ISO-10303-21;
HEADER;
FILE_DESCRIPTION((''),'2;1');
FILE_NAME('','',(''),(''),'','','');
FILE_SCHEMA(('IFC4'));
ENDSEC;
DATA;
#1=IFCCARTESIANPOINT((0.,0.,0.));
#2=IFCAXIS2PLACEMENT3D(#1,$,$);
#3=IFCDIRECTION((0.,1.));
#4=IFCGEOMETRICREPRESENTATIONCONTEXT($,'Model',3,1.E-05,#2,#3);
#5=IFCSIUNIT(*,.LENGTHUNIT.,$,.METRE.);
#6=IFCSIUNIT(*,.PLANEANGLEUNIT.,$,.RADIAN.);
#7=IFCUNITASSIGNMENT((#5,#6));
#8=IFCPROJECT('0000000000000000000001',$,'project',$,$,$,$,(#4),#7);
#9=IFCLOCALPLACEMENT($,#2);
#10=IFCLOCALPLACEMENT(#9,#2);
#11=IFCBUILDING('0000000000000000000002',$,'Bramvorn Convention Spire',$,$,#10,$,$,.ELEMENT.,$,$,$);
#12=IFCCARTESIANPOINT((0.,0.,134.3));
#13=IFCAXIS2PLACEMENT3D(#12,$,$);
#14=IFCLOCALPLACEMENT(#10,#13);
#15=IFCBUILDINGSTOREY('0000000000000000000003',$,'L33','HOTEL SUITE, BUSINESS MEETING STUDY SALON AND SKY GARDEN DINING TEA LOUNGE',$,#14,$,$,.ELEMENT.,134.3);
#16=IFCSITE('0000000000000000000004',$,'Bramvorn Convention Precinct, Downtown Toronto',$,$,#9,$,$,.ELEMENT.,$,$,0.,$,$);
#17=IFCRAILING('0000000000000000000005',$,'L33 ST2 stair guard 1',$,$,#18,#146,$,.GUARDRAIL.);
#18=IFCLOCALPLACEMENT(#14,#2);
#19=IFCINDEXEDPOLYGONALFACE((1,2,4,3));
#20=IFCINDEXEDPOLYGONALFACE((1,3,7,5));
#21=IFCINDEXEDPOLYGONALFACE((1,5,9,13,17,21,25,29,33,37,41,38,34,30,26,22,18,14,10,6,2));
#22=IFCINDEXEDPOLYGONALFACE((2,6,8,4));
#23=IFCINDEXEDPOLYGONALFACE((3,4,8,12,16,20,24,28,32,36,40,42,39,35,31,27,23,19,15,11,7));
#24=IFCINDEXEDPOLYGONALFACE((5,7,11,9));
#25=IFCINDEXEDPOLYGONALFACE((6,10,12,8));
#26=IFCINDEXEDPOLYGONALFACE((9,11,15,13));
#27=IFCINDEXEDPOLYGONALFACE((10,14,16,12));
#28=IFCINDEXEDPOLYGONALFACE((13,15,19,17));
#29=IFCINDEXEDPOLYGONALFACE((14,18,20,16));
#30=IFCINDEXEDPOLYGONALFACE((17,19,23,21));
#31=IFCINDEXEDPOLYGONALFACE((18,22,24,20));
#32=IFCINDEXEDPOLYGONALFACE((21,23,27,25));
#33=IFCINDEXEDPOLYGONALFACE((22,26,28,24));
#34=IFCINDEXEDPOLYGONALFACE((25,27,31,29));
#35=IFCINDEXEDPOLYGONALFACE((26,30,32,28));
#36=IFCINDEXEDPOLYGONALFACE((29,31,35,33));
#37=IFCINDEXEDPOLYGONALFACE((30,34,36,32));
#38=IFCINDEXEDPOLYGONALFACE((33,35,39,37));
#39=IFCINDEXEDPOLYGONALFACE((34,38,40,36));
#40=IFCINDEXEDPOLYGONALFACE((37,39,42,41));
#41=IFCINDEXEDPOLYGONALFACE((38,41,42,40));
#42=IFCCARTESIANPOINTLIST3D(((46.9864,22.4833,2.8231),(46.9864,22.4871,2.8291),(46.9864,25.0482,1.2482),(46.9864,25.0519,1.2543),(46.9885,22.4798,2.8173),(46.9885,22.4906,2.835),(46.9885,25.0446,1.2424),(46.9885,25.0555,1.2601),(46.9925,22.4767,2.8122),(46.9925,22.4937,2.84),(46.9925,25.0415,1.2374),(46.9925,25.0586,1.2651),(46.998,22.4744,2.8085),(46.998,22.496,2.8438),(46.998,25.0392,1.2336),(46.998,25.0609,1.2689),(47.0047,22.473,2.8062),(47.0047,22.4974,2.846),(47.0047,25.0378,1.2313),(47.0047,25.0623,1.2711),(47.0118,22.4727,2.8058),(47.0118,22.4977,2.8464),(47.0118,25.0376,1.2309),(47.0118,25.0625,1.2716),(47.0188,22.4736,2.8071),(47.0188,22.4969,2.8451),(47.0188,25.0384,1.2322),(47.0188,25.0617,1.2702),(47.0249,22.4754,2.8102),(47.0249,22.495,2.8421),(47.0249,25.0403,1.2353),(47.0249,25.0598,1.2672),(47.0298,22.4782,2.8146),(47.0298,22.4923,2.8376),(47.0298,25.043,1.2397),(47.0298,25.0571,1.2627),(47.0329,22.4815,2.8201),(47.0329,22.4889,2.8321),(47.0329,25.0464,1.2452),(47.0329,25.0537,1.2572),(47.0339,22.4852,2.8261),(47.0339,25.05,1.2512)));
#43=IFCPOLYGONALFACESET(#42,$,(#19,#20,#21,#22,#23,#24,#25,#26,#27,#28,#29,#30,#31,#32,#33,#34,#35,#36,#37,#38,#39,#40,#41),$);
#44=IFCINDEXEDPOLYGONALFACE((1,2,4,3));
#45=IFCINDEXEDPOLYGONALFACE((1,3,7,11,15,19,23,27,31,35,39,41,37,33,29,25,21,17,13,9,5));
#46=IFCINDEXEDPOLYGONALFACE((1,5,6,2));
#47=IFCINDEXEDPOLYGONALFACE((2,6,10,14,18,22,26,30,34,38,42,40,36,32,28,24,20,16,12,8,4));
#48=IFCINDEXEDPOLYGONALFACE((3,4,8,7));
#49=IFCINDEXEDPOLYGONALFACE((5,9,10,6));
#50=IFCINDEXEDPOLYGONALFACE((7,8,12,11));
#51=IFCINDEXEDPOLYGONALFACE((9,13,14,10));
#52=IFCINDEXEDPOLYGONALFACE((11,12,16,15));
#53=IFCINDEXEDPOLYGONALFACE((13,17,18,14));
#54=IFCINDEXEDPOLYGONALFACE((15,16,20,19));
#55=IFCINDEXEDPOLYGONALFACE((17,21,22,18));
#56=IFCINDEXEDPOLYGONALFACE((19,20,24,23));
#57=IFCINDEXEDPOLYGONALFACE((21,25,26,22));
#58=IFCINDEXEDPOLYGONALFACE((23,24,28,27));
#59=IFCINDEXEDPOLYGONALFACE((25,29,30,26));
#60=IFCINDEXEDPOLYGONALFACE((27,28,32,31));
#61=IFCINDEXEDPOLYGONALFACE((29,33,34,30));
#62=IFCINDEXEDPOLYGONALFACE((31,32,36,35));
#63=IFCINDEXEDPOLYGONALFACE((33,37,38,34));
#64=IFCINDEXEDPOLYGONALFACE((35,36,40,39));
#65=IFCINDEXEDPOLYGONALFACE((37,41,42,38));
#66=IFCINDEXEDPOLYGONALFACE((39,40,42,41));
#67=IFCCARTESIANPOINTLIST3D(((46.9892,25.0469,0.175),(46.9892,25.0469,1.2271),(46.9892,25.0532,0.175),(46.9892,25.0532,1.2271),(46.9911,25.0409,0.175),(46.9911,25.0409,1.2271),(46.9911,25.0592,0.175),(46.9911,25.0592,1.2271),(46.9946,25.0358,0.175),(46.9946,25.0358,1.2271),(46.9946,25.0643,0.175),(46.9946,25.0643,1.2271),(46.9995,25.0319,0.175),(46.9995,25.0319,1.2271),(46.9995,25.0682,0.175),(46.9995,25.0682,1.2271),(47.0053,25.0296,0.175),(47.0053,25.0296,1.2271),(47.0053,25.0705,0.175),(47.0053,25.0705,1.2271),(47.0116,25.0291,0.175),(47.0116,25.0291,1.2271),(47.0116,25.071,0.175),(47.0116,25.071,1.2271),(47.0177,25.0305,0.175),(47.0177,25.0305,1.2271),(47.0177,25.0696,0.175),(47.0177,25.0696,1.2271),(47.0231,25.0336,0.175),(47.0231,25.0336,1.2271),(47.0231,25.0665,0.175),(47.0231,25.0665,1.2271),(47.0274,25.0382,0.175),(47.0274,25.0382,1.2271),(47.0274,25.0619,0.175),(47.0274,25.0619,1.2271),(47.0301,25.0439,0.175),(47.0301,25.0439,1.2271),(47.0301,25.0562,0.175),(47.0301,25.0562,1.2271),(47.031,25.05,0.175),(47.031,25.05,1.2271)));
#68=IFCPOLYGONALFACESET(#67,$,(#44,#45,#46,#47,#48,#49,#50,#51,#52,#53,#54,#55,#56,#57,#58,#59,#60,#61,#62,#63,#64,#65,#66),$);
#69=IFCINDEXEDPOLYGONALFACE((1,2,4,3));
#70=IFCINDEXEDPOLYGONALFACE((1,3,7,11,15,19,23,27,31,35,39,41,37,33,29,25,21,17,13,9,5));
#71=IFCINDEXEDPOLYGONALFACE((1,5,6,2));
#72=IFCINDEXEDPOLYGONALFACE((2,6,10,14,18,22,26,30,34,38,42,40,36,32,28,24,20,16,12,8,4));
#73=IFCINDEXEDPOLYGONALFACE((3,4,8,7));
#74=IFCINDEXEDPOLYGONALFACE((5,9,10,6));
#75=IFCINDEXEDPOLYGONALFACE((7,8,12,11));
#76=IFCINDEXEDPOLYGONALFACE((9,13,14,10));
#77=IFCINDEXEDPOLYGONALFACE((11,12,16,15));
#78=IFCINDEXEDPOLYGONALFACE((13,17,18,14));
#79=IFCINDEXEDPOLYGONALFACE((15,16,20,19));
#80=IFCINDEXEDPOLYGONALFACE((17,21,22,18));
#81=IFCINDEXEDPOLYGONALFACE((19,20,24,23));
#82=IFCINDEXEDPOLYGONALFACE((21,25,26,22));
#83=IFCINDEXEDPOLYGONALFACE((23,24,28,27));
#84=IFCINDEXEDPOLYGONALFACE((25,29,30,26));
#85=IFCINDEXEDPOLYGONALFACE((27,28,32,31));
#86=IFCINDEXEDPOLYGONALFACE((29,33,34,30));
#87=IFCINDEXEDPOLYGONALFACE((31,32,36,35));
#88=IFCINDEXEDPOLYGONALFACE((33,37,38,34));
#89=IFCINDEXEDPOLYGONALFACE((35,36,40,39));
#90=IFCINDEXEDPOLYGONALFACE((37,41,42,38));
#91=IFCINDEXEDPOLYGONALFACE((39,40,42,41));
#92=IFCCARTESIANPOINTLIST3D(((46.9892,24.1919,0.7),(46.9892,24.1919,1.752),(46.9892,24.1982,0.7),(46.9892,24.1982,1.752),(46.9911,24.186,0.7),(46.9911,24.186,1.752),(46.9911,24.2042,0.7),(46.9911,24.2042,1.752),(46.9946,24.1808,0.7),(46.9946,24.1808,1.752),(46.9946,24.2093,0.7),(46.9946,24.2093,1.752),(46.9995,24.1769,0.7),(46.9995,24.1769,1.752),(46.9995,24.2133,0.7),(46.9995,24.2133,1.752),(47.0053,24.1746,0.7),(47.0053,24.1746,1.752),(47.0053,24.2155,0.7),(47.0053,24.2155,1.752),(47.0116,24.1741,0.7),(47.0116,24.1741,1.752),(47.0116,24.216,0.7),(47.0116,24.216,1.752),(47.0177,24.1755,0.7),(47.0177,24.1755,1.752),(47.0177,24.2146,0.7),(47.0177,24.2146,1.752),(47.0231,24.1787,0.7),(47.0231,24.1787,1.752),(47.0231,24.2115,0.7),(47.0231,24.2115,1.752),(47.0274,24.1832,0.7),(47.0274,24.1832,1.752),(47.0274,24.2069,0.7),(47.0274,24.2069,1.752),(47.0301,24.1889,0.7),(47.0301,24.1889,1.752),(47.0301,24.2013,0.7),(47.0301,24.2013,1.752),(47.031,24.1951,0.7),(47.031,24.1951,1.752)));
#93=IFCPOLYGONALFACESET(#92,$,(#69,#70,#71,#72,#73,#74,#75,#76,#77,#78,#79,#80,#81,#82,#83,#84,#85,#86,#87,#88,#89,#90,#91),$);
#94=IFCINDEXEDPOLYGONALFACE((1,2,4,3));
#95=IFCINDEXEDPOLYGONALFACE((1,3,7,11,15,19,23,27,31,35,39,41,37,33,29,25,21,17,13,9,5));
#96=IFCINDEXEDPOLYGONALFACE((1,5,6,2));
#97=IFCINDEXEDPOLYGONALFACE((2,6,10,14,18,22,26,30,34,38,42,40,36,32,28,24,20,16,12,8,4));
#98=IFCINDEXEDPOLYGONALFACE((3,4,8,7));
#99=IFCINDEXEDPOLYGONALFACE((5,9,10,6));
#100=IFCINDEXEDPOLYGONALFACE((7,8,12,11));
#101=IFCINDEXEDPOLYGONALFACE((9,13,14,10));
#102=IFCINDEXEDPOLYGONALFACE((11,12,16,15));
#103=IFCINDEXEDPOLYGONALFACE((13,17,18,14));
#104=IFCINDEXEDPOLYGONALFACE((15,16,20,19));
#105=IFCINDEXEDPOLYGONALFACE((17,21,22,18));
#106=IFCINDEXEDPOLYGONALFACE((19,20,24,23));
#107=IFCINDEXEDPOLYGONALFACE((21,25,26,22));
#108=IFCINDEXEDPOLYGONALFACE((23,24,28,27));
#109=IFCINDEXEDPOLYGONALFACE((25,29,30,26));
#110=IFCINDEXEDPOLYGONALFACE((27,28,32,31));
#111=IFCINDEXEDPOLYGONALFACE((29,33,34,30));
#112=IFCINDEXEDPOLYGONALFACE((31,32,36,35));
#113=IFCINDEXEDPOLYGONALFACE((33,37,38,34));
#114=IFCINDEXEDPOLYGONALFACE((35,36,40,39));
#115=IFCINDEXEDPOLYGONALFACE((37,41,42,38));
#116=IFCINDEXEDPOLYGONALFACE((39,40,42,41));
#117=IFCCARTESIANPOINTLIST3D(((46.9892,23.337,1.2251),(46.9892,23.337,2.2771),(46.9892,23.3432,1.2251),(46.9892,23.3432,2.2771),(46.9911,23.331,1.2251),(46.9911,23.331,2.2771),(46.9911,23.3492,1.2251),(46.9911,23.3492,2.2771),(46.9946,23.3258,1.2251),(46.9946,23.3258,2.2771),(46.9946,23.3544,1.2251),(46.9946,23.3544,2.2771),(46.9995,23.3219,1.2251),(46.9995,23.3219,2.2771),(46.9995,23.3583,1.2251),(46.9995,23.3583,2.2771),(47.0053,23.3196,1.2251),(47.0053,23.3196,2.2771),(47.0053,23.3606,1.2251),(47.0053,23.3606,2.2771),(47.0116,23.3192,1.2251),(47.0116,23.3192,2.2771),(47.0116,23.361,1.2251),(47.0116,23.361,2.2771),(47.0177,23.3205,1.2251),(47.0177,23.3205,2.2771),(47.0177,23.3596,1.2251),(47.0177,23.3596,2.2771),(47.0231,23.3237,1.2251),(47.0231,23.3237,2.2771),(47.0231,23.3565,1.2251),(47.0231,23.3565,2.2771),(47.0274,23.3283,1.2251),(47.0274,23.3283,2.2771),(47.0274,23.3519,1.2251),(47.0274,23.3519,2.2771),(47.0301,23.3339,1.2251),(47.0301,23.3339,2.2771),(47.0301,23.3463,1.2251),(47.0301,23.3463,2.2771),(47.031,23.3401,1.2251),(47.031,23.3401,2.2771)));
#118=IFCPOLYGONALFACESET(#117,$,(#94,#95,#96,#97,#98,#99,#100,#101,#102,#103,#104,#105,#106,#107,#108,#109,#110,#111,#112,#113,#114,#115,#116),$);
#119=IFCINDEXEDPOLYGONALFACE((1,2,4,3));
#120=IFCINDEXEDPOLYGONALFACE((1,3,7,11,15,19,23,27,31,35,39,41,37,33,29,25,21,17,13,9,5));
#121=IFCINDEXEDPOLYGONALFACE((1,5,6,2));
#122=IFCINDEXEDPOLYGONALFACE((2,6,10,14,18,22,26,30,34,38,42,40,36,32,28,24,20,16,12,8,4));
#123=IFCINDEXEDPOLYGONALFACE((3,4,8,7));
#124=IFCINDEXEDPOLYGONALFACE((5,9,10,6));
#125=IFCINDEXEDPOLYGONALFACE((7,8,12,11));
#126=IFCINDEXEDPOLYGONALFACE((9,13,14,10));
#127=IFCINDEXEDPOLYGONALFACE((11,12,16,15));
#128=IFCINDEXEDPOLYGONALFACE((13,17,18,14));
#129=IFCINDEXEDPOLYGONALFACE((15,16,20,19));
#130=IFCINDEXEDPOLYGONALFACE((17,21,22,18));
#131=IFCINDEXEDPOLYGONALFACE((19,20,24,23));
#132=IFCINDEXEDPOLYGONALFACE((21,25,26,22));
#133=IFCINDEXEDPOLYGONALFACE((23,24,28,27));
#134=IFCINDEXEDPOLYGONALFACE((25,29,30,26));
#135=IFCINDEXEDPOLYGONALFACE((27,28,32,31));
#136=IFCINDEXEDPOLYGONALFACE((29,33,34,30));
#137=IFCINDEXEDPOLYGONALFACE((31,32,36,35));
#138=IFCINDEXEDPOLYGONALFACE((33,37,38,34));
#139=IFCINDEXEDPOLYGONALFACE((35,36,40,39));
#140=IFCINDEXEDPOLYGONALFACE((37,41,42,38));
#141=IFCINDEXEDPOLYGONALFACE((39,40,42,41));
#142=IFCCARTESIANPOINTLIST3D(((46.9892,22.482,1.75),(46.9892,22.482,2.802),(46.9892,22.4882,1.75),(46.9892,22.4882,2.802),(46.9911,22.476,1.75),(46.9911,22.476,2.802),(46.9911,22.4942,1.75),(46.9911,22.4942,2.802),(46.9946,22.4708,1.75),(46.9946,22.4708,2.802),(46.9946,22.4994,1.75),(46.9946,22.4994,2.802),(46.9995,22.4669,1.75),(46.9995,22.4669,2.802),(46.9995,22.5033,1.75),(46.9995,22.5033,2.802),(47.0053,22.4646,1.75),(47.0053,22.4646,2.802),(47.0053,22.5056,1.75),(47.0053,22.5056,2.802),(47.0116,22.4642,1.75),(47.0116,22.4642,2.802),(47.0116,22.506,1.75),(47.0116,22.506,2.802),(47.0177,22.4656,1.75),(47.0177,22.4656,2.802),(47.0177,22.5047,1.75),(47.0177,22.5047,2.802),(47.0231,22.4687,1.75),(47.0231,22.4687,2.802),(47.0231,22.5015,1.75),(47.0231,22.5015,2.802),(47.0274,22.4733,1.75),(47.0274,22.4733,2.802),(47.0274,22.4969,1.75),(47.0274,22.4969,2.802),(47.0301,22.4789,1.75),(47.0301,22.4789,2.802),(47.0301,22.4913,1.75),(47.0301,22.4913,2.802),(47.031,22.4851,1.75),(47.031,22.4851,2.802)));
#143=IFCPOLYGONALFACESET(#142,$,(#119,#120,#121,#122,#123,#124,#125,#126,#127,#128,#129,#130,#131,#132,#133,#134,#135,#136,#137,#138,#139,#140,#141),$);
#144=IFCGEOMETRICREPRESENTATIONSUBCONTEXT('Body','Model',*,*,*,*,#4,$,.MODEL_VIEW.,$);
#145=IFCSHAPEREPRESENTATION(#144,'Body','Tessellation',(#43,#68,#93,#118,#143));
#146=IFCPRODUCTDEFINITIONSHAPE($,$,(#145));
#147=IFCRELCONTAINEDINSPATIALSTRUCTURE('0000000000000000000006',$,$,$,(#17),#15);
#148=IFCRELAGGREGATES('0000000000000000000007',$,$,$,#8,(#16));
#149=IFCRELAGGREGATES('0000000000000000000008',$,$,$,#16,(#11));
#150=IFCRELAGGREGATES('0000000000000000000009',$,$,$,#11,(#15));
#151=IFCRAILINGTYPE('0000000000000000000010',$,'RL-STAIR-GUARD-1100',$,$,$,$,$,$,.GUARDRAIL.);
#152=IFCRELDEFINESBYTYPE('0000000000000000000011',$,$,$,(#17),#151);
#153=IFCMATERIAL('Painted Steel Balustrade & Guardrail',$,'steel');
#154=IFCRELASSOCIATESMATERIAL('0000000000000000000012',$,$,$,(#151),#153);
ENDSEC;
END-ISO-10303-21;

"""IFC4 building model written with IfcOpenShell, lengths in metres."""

from ifc_helpers import new_model, si_unit, direction, frame, origin, origin_2d, place, context, subcontext, project, spatial, circle, extrude, material, type_object, element, save


model = new_model("IFC4")

# Units and contexts
model_context = context("Model", 3, precision=1e-05, world=origin(), true_north=direction((0.0, 1.0)))
body_context = subcontext(model_context, "Body", "Model", "MODEL_VIEW")
ifc_project = project(units=[si_unit("LENGTHUNIT", "METRE"), si_unit("PLANEANGLEUNIT", "RADIAN")], contexts=[model_context])

# Site, building, storey
site_placement = place(None, origin())
site = spatial("IfcSite", under=ifc_project, at=site_placement, Name="Bramvorn Convention Precinct, Downtown Toronto", CompositionType="ELEMENT", RefElevation=0.0)
building_placement = place(site_placement, origin())
building = spatial("IfcBuilding", under=site, at=building_placement, Name="Bramvorn Convention Spire", CompositionType="ELEMENT")
storey_placement = place(building_placement, frame((0.0, 0.0, 134.3)))
storey = spatial("IfcBuildingStorey", under=building, at=storey_placement, Name="L33", Description="HOTEL SUITE, BUSINESS MEETING STUDY SALON AND SKY GARDEN DINING TEA LOUNGE", CompositionType="ELEMENT", Elevation=134.3)

# Railing
ifc_material_1 = material(Name="Painted Steel Balustrade & Guardrail", Category="steel")
railing_type_1 = type_object("IfcRailingType", Name="RL-STAIR-GUARD-1100", PredefinedType="GUARDRAIL", material=ifc_material_1)
railing_1_placement = place(storey_placement, frame((47.01, 25.05, 0.175)))
element("IfcRailing", 1, at=railing_1_placement, inside=storey, type_object=railing_type_1, Name="L33 ST2 stair guard 1", PredefinedType="GUARDRAIL", context=body_context, shape_type="SweptSolid", body=[
    extrude(circle(Radius=0.0239, at=origin_2d()), frame((0.0, 0.0, 1.0762), z_axis=(0.0, -0.852173, 0.52326), x_axis=(1.0, 0.0, 0.0)), (0.0, 0.0, 1.0), 3.0098),
    extrude(circle(Radius=0.021, at=origin_2d()), origin(), (0.0, 0.0, 1.0), 1.052),
    extrude(circle(Radius=0.021, at=origin_2d()), frame((0.0, -0.855, 0.5249)), (0.0, 0.0, 1.0), 1.052),
    extrude(circle(Radius=0.021, at=origin_2d()), frame((0.0, -1.71, 1.05)), (0.0, 0.0, 1.0), 1.052),
    extrude(circle(Radius=0.021, at=origin_2d()), frame((0.0, -2.5649, 1.575)), (0.0, 0.0, 1.0), 1.052),
])

save(model, "model.ifc")
